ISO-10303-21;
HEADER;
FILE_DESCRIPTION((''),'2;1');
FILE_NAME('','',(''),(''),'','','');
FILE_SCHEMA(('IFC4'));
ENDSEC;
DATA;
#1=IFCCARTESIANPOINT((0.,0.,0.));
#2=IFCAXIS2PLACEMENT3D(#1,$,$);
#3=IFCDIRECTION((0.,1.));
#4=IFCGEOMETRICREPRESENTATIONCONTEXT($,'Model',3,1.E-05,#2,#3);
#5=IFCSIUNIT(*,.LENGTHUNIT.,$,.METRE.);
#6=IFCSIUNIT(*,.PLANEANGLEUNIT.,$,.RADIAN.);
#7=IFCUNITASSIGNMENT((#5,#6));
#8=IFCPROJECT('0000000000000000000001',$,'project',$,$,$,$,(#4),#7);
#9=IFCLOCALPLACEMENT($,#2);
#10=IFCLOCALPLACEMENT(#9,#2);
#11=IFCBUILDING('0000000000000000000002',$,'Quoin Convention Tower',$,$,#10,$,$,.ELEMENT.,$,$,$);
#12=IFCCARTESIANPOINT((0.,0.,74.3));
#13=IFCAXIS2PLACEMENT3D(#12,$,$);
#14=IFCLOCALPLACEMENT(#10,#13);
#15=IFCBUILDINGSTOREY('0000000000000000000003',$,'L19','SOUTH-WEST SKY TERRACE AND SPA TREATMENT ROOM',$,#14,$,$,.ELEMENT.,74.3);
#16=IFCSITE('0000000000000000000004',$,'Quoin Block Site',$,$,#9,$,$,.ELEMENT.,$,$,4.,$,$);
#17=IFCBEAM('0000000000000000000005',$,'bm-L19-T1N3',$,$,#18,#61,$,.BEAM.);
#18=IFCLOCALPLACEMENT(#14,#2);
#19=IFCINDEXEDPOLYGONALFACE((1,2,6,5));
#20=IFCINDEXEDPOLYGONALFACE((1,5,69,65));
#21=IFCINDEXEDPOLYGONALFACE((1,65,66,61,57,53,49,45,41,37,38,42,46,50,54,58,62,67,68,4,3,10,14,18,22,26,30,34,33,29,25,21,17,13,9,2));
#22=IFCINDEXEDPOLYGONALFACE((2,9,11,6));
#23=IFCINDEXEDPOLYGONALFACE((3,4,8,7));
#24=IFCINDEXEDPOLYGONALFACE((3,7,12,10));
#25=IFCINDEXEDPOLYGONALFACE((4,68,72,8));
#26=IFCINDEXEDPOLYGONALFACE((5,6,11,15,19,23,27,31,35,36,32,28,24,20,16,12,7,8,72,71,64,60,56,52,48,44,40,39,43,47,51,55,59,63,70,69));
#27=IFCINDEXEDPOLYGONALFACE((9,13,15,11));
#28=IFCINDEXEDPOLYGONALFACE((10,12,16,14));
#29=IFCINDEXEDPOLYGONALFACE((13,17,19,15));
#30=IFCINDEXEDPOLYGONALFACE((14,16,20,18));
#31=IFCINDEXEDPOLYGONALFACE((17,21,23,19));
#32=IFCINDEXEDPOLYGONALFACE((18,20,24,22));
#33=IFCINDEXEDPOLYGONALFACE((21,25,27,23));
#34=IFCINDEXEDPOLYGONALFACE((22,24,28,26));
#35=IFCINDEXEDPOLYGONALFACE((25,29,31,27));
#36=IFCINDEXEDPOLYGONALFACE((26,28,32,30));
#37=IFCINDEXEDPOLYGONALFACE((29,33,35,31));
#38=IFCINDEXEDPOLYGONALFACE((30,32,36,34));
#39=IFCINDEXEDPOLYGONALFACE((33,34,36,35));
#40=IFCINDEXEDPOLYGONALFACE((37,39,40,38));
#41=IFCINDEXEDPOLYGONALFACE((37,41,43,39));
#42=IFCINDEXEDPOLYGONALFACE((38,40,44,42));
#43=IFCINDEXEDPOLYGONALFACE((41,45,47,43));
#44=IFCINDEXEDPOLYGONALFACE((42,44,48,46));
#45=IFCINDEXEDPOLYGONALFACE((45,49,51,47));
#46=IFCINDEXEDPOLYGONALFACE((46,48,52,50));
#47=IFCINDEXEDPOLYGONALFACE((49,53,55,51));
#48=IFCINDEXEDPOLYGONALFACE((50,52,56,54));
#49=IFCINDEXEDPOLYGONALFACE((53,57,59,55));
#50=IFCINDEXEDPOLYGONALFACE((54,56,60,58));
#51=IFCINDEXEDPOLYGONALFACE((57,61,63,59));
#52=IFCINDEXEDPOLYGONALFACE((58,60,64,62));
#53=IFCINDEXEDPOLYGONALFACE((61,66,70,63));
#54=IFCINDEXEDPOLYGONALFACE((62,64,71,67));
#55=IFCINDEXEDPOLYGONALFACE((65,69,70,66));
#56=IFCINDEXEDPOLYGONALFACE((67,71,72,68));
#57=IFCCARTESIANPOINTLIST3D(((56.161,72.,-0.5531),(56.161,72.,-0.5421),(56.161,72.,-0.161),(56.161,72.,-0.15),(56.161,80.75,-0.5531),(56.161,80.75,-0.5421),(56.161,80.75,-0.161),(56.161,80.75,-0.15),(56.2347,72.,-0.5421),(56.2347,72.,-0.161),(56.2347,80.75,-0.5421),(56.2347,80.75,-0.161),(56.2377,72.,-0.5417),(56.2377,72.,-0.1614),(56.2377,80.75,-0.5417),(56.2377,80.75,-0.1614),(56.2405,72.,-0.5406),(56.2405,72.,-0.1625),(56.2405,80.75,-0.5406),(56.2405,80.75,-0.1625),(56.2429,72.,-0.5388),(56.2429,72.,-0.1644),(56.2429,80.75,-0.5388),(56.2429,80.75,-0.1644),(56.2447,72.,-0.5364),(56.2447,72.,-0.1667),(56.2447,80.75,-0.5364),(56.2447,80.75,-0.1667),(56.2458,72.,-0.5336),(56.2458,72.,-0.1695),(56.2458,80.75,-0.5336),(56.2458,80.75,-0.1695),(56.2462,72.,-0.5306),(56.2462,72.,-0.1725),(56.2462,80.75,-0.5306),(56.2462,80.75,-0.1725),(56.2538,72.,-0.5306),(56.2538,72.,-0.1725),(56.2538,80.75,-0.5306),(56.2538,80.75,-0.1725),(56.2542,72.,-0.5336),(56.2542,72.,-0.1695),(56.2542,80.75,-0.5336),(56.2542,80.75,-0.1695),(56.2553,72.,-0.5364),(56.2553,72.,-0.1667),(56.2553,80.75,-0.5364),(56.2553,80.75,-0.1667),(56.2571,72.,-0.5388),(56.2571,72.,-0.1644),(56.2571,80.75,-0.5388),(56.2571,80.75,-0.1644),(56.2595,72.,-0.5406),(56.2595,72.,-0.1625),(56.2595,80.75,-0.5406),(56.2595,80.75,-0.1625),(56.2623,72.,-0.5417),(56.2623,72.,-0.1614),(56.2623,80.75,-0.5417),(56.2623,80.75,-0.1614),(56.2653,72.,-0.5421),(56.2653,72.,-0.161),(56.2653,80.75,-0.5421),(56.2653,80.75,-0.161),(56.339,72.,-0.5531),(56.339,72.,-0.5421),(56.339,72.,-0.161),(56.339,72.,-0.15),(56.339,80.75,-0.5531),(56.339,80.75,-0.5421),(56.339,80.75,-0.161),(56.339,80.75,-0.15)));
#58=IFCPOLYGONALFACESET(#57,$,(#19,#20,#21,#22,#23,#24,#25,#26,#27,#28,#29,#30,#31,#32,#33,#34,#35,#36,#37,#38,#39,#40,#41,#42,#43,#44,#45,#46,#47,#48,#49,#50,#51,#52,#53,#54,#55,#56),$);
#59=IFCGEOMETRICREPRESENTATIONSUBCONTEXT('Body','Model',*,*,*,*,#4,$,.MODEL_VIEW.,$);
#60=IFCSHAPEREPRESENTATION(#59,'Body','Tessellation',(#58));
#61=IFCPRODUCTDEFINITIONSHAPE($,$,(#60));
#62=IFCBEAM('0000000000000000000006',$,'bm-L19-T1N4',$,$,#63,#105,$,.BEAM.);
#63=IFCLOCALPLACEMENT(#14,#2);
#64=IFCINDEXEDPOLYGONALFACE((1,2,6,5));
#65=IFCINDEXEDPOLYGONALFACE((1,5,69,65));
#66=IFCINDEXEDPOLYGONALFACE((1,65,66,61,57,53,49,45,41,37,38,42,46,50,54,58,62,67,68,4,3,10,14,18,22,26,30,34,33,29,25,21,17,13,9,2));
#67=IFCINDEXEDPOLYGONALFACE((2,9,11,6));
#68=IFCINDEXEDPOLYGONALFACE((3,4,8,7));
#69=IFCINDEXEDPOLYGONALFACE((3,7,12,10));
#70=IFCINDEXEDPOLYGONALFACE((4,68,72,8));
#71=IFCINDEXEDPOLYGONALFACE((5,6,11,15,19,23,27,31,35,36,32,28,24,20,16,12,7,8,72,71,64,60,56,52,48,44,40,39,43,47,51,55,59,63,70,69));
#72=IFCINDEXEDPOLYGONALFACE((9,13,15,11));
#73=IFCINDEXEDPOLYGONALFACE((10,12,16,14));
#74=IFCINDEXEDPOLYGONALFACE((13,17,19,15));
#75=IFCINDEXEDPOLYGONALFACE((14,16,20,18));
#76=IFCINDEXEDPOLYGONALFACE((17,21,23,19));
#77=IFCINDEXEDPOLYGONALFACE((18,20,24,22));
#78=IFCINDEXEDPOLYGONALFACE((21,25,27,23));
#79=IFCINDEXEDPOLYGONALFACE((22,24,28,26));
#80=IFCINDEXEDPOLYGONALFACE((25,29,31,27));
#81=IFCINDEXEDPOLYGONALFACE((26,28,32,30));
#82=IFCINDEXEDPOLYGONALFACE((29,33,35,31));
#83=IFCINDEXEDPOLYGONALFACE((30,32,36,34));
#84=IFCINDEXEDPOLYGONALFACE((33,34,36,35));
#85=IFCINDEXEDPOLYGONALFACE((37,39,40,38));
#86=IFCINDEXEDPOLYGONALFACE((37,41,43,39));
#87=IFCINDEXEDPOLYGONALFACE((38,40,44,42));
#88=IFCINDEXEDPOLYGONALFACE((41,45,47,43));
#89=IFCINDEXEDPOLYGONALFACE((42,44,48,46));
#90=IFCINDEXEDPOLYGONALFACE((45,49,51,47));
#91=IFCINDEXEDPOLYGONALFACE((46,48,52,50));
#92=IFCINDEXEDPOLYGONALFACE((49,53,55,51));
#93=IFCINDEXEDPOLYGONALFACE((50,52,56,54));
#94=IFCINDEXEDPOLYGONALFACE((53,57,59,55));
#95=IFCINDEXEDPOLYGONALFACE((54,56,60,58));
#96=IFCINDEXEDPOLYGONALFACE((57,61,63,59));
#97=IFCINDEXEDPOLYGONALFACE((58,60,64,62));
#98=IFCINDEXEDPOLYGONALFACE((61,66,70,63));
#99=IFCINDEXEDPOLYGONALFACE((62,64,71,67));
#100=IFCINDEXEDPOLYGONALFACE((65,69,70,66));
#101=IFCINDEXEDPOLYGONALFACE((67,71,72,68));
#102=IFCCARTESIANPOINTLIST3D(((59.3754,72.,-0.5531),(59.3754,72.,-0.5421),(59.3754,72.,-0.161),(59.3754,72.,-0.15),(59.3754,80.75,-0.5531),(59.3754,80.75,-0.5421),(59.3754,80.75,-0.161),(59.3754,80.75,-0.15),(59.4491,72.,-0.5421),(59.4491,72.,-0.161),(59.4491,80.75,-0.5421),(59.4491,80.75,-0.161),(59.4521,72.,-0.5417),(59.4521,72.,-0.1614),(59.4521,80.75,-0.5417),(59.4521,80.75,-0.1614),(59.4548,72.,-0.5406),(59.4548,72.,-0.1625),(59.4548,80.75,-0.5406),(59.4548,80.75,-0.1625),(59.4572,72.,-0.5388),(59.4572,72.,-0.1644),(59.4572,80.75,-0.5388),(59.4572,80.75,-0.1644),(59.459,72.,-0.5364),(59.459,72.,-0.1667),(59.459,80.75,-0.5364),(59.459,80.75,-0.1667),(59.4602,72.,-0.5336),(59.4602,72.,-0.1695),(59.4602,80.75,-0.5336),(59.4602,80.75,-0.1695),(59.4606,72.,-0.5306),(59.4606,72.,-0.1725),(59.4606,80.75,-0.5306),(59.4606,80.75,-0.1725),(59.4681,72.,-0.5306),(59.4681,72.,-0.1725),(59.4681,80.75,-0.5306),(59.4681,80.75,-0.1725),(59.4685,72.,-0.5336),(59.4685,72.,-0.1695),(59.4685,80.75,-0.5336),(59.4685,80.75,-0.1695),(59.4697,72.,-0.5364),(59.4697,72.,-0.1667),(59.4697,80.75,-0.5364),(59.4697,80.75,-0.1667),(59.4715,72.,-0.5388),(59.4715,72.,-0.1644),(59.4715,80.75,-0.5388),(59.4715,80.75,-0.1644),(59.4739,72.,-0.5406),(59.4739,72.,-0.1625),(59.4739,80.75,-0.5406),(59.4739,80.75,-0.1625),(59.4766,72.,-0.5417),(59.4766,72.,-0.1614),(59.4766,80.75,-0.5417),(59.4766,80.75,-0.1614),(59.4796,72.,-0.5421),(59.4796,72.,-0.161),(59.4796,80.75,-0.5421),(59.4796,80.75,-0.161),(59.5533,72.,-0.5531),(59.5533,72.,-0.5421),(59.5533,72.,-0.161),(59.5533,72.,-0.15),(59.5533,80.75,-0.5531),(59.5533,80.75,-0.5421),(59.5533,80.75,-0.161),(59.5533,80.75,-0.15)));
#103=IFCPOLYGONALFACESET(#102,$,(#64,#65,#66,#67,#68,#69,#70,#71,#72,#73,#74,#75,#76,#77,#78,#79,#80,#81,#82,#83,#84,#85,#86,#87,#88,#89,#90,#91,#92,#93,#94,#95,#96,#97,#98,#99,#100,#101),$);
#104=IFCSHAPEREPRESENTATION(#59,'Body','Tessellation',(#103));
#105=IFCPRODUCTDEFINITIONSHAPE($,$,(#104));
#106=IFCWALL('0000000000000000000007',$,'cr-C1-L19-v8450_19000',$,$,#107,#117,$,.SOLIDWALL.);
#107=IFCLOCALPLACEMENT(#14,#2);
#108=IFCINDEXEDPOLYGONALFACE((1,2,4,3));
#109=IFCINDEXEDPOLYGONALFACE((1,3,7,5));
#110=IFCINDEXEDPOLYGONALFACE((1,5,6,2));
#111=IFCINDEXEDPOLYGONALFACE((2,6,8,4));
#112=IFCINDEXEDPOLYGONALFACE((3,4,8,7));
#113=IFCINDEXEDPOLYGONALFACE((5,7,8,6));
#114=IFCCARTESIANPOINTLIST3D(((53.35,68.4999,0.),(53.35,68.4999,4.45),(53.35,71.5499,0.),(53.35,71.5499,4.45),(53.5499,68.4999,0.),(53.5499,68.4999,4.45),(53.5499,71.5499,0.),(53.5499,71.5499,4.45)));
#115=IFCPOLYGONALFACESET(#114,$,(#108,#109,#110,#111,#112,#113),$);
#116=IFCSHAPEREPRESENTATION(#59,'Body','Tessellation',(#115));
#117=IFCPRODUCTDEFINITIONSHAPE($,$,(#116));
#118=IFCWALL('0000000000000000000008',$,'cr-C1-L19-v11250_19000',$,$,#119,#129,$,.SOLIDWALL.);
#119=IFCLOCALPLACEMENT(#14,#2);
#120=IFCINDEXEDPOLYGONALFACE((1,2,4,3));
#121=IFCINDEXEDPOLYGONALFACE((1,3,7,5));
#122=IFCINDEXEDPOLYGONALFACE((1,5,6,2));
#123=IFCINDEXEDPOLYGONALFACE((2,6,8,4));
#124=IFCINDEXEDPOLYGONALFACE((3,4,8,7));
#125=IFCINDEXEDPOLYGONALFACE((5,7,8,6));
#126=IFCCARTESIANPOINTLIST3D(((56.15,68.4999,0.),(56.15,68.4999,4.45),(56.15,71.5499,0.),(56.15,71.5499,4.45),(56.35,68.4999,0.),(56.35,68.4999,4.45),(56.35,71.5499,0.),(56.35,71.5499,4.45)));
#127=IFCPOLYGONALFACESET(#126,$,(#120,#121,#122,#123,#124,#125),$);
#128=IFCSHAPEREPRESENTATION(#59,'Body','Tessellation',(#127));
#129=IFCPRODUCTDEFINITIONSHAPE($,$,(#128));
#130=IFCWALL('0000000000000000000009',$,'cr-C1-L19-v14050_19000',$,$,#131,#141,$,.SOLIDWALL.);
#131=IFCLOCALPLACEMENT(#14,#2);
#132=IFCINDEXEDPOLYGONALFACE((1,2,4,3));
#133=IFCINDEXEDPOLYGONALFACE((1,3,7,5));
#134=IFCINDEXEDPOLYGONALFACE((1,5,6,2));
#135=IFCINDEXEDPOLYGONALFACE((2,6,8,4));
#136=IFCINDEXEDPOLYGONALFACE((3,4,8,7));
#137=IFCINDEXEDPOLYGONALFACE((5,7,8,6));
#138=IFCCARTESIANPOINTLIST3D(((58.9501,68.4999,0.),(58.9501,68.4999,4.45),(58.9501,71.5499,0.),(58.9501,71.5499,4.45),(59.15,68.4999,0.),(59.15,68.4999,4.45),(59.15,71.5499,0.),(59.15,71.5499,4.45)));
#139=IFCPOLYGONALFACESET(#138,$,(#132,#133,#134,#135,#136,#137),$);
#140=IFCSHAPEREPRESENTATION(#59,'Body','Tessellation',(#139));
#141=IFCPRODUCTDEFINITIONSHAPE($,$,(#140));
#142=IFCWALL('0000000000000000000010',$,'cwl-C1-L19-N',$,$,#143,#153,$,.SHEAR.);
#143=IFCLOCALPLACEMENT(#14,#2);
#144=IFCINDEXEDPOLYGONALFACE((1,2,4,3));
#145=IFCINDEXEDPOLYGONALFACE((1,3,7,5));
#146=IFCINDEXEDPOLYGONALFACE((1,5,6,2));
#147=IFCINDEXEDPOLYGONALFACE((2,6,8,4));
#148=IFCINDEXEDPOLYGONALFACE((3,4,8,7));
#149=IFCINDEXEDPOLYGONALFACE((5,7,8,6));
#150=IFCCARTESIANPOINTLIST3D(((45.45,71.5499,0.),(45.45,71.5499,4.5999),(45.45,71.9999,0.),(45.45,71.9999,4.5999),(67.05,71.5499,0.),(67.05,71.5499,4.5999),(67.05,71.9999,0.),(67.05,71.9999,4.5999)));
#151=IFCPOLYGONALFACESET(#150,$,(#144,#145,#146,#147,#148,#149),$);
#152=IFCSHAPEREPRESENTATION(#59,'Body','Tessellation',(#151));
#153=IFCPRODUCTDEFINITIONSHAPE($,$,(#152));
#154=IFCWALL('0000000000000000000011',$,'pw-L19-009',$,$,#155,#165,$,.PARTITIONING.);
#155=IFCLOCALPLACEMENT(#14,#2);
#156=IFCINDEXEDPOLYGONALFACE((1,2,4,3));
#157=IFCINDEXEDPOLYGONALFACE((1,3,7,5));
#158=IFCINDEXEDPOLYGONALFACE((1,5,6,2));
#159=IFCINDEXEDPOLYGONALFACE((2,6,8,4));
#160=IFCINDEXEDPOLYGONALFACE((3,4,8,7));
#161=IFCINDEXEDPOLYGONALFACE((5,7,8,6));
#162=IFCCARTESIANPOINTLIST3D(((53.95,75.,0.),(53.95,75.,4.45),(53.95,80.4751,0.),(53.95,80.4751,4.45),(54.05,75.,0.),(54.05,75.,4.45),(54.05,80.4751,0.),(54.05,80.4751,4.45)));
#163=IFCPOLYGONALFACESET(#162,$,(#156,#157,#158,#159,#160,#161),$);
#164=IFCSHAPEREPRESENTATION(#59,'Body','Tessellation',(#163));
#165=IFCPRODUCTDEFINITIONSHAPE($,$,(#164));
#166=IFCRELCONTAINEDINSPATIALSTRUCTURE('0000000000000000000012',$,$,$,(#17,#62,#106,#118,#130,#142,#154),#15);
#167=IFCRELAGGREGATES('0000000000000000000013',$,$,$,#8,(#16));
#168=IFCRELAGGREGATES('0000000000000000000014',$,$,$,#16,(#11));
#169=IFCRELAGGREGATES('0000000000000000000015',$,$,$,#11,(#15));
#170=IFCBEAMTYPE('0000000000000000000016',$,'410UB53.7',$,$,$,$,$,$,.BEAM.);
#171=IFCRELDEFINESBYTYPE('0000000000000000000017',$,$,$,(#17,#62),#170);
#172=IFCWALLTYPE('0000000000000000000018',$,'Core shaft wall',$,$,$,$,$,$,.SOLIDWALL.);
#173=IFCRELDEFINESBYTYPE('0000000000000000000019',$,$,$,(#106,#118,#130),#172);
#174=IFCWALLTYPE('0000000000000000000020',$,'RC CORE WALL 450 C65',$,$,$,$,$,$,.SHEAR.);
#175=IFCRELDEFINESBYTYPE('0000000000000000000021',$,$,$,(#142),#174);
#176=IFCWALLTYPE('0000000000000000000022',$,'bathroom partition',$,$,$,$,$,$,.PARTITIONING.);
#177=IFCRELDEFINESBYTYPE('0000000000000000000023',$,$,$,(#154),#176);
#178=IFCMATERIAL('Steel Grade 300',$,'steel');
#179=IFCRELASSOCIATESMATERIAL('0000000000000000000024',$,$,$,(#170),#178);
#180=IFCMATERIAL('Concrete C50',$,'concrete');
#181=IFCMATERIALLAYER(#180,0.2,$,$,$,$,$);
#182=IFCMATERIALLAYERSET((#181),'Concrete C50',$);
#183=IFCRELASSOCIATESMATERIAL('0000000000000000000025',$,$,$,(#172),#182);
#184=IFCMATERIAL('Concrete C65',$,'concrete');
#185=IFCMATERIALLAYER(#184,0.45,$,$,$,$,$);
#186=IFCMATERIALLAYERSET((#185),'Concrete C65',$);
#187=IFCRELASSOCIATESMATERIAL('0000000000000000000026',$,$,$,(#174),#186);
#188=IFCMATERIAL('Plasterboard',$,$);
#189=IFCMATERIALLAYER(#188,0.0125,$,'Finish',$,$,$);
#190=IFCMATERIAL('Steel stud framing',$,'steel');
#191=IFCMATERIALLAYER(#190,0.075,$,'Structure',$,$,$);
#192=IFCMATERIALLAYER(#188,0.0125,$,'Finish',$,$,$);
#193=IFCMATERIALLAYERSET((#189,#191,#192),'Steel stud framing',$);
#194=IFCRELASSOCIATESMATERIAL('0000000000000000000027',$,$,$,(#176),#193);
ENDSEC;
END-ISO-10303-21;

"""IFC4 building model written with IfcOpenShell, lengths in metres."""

from ifc_helpers import new_model, si_unit, direction, frame, frame_2d, origin, origin_2d, place, context, subcontext, project, spatial, rectangle, i_section, extrude, material, layer, layer_set, material_profile, profile_set, type_object, element, save


model = new_model("IFC4")

# Units and contexts
model_context = context("Model", 3, precision=1e-05, world=origin(), true_north=direction((0.0, 1.0)))
body_context = subcontext(model_context, "Body", "Model", "MODEL_VIEW")
ifc_project = project(units=[si_unit("LENGTHUNIT", "METRE"), si_unit("PLANEANGLEUNIT", "RADIAN")], contexts=[model_context])

# Site, building, storey
site_placement = place(None, origin())
site = spatial("IfcSite", under=ifc_project, at=site_placement, Name="Quoin Block Site", CompositionType="ELEMENT", RefElevation=4.0)
building_placement = place(site_placement, origin())
building = spatial("IfcBuilding", under=site, at=building_placement, Name="Quoin Convention Tower", CompositionType="ELEMENT")
storey_placement = place(building_placement, frame((0.0, 0.0, 74.3)))
storey = spatial("IfcBuildingStorey", under=building, at=storey_placement, Name="L19", Description="SOUTH-WEST SKY TERRACE AND SPA TREATMENT ROOM", CompositionType="ELEMENT", Elevation=74.3)

# Shared definitions
ifc_material_1 = material(Name="Concrete C65", Category="concrete")

# Beams
ifc_material_2 = material(Name="Steel Grade 300", Category="steel")
ifc_material_profile_1 = material_profile(ifc_material_2, i_section(OverallWidth=0.178, OverallDepth=0.4031, WebThickness=0.0076, FlangeThickness=0.011, FilletRadius=0.0115, at=origin_2d()), Name="410UB53.7")
ifc_profile_set_1 = profile_set([ifc_material_profile_1], Name="Steel Grade 300")
beam_type = type_object("IfcBeamType", Name="410UB53.7", PredefinedType="BEAM", material=ifc_profile_set_1)
for number, where, z_axis, x_axis, name in (
    (1, (56.25, 72.0, -0.3516), (0.0, 1.0, 0.0), (-1.0, 0.0, 0.0), "bm-L19-T1N3"),
    (2, (59.4644, 72.0, -0.3516), (0.0, 1.0, 0.0), (-1.0, 0.0, 0.0), "bm-L19-T1N4"),
):
    element("IfcBeam", number, at=place(storey_placement, frame(where, z_axis=z_axis, x_axis=x_axis)), inside=storey, type_object=beam_type, Name=name, PredefinedType="BEAM", context=body_context, shape_type="SweptSolid", body=[
        extrude(i_section(OverallWidth=0.178, OverallDepth=0.4031, WebThickness=0.0076, FlangeThickness=0.011, FilletRadius=0.0115, at=origin_2d()), origin(), (0.0, 0.0, 1.0), 8.75),
    ])

# Walls
ifc_material_3 = material(Name="Concrete C50", Category="concrete")
ifc_layer_1 = layer(ifc_material_3, 0.2)
ifc_layer_set_1 = layer_set([ifc_layer_1], Name="Concrete C50")
wall_type_1 = type_object("IfcWallType", Name="Core shaft wall", PredefinedType="SOLIDWALL", material=ifc_layer_set_1)
for number, where, z_axis, x_axis, name in (
    (3, (53.45, 68.5, 0.0), (0.0, 0.0, 1.0), (0.0, 1.0, 0.0), "cr-C1-L19-v8450_19000"),
    (4, (56.25, 68.5, 0.0), (0.0, 0.0, 1.0), (0.0, 1.0, 0.0), "cr-C1-L19-v11250_19000"),
    (5, (59.05, 68.5, 0.0), (0.0, 0.0, 1.0), (0.0, 1.0, 0.0), "cr-C1-L19-v14050_19000"),
):
    element("IfcWall", number, at=place(storey_placement, frame(where, z_axis=z_axis, x_axis=x_axis)), inside=storey, type_object=wall_type_1, Name=name, PredefinedType="SOLIDWALL", context=body_context, shape_type="SweptSolid", body=[
        extrude(rectangle(XDim=3.05, YDim=0.2, at=frame_2d((1.5249, 0.0))), origin(), (0.0, 0.0, 1.0), 4.45),
    ])
ifc_layer_2 = layer(ifc_material_1, 0.45)
ifc_layer_set_2 = layer_set([ifc_layer_2], Name="Concrete C65")
wall_type_2 = type_object("IfcWallType", Name="RC CORE WALL 450 C65", PredefinedType="SHEAR", material=ifc_layer_set_2)
wall_1_placement = place(storey_placement, frame((45.45, 71.7749, 0.0), z_axis=(0.0, 0.0, 1.0), x_axis=(1.0, 0.0, 0.0)))
element("IfcWall", 6, at=wall_1_placement, inside=storey, type_object=wall_type_2, Name="cwl-C1-L19-N", PredefinedType="SHEAR", context=body_context, shape_type="SweptSolid", body=[
    extrude(rectangle(XDim=21.6001, YDim=0.45, at=frame_2d((10.8, 0.0))), origin(), (0.0, 0.0, 1.0), 4.5999),
])
ifc_material_4 = material(Name="Plasterboard")
ifc_layer_3 = layer(ifc_material_4, 0.0125, Name="Finish")
ifc_material_5 = material(Name="Steel stud framing", Category="steel")
ifc_layer_4 = layer(ifc_material_5, 0.075, Name="Structure")
ifc_layer_5 = layer(ifc_material_4, 0.0125, Name="Finish")
ifc_layer_set_3 = layer_set([ifc_layer_3, ifc_layer_4, ifc_layer_5], Name="Steel stud framing")
wall_type_3 = type_object("IfcWallType", Name="bathroom partition", PredefinedType="PARTITIONING", material=ifc_layer_set_3)
wall_2_placement = place(storey_placement, frame((54.0, 75.0, 0.0), z_axis=(0.0, 0.0, 1.0), x_axis=(0.0, 1.0, 0.0)))
element("IfcWall", 7, at=wall_2_placement, inside=storey, type_object=wall_type_3, Name="pw-L19-009", PredefinedType="PARTITIONING", context=body_context, shape_type="SweptSolid", body=[
    extrude(rectangle(XDim=5.4751, YDim=0.1001, at=frame_2d((2.7375, 0.0))), origin(), (0.0, 0.0, 1.0), 4.45),
])

save(model, "model.ifc")
